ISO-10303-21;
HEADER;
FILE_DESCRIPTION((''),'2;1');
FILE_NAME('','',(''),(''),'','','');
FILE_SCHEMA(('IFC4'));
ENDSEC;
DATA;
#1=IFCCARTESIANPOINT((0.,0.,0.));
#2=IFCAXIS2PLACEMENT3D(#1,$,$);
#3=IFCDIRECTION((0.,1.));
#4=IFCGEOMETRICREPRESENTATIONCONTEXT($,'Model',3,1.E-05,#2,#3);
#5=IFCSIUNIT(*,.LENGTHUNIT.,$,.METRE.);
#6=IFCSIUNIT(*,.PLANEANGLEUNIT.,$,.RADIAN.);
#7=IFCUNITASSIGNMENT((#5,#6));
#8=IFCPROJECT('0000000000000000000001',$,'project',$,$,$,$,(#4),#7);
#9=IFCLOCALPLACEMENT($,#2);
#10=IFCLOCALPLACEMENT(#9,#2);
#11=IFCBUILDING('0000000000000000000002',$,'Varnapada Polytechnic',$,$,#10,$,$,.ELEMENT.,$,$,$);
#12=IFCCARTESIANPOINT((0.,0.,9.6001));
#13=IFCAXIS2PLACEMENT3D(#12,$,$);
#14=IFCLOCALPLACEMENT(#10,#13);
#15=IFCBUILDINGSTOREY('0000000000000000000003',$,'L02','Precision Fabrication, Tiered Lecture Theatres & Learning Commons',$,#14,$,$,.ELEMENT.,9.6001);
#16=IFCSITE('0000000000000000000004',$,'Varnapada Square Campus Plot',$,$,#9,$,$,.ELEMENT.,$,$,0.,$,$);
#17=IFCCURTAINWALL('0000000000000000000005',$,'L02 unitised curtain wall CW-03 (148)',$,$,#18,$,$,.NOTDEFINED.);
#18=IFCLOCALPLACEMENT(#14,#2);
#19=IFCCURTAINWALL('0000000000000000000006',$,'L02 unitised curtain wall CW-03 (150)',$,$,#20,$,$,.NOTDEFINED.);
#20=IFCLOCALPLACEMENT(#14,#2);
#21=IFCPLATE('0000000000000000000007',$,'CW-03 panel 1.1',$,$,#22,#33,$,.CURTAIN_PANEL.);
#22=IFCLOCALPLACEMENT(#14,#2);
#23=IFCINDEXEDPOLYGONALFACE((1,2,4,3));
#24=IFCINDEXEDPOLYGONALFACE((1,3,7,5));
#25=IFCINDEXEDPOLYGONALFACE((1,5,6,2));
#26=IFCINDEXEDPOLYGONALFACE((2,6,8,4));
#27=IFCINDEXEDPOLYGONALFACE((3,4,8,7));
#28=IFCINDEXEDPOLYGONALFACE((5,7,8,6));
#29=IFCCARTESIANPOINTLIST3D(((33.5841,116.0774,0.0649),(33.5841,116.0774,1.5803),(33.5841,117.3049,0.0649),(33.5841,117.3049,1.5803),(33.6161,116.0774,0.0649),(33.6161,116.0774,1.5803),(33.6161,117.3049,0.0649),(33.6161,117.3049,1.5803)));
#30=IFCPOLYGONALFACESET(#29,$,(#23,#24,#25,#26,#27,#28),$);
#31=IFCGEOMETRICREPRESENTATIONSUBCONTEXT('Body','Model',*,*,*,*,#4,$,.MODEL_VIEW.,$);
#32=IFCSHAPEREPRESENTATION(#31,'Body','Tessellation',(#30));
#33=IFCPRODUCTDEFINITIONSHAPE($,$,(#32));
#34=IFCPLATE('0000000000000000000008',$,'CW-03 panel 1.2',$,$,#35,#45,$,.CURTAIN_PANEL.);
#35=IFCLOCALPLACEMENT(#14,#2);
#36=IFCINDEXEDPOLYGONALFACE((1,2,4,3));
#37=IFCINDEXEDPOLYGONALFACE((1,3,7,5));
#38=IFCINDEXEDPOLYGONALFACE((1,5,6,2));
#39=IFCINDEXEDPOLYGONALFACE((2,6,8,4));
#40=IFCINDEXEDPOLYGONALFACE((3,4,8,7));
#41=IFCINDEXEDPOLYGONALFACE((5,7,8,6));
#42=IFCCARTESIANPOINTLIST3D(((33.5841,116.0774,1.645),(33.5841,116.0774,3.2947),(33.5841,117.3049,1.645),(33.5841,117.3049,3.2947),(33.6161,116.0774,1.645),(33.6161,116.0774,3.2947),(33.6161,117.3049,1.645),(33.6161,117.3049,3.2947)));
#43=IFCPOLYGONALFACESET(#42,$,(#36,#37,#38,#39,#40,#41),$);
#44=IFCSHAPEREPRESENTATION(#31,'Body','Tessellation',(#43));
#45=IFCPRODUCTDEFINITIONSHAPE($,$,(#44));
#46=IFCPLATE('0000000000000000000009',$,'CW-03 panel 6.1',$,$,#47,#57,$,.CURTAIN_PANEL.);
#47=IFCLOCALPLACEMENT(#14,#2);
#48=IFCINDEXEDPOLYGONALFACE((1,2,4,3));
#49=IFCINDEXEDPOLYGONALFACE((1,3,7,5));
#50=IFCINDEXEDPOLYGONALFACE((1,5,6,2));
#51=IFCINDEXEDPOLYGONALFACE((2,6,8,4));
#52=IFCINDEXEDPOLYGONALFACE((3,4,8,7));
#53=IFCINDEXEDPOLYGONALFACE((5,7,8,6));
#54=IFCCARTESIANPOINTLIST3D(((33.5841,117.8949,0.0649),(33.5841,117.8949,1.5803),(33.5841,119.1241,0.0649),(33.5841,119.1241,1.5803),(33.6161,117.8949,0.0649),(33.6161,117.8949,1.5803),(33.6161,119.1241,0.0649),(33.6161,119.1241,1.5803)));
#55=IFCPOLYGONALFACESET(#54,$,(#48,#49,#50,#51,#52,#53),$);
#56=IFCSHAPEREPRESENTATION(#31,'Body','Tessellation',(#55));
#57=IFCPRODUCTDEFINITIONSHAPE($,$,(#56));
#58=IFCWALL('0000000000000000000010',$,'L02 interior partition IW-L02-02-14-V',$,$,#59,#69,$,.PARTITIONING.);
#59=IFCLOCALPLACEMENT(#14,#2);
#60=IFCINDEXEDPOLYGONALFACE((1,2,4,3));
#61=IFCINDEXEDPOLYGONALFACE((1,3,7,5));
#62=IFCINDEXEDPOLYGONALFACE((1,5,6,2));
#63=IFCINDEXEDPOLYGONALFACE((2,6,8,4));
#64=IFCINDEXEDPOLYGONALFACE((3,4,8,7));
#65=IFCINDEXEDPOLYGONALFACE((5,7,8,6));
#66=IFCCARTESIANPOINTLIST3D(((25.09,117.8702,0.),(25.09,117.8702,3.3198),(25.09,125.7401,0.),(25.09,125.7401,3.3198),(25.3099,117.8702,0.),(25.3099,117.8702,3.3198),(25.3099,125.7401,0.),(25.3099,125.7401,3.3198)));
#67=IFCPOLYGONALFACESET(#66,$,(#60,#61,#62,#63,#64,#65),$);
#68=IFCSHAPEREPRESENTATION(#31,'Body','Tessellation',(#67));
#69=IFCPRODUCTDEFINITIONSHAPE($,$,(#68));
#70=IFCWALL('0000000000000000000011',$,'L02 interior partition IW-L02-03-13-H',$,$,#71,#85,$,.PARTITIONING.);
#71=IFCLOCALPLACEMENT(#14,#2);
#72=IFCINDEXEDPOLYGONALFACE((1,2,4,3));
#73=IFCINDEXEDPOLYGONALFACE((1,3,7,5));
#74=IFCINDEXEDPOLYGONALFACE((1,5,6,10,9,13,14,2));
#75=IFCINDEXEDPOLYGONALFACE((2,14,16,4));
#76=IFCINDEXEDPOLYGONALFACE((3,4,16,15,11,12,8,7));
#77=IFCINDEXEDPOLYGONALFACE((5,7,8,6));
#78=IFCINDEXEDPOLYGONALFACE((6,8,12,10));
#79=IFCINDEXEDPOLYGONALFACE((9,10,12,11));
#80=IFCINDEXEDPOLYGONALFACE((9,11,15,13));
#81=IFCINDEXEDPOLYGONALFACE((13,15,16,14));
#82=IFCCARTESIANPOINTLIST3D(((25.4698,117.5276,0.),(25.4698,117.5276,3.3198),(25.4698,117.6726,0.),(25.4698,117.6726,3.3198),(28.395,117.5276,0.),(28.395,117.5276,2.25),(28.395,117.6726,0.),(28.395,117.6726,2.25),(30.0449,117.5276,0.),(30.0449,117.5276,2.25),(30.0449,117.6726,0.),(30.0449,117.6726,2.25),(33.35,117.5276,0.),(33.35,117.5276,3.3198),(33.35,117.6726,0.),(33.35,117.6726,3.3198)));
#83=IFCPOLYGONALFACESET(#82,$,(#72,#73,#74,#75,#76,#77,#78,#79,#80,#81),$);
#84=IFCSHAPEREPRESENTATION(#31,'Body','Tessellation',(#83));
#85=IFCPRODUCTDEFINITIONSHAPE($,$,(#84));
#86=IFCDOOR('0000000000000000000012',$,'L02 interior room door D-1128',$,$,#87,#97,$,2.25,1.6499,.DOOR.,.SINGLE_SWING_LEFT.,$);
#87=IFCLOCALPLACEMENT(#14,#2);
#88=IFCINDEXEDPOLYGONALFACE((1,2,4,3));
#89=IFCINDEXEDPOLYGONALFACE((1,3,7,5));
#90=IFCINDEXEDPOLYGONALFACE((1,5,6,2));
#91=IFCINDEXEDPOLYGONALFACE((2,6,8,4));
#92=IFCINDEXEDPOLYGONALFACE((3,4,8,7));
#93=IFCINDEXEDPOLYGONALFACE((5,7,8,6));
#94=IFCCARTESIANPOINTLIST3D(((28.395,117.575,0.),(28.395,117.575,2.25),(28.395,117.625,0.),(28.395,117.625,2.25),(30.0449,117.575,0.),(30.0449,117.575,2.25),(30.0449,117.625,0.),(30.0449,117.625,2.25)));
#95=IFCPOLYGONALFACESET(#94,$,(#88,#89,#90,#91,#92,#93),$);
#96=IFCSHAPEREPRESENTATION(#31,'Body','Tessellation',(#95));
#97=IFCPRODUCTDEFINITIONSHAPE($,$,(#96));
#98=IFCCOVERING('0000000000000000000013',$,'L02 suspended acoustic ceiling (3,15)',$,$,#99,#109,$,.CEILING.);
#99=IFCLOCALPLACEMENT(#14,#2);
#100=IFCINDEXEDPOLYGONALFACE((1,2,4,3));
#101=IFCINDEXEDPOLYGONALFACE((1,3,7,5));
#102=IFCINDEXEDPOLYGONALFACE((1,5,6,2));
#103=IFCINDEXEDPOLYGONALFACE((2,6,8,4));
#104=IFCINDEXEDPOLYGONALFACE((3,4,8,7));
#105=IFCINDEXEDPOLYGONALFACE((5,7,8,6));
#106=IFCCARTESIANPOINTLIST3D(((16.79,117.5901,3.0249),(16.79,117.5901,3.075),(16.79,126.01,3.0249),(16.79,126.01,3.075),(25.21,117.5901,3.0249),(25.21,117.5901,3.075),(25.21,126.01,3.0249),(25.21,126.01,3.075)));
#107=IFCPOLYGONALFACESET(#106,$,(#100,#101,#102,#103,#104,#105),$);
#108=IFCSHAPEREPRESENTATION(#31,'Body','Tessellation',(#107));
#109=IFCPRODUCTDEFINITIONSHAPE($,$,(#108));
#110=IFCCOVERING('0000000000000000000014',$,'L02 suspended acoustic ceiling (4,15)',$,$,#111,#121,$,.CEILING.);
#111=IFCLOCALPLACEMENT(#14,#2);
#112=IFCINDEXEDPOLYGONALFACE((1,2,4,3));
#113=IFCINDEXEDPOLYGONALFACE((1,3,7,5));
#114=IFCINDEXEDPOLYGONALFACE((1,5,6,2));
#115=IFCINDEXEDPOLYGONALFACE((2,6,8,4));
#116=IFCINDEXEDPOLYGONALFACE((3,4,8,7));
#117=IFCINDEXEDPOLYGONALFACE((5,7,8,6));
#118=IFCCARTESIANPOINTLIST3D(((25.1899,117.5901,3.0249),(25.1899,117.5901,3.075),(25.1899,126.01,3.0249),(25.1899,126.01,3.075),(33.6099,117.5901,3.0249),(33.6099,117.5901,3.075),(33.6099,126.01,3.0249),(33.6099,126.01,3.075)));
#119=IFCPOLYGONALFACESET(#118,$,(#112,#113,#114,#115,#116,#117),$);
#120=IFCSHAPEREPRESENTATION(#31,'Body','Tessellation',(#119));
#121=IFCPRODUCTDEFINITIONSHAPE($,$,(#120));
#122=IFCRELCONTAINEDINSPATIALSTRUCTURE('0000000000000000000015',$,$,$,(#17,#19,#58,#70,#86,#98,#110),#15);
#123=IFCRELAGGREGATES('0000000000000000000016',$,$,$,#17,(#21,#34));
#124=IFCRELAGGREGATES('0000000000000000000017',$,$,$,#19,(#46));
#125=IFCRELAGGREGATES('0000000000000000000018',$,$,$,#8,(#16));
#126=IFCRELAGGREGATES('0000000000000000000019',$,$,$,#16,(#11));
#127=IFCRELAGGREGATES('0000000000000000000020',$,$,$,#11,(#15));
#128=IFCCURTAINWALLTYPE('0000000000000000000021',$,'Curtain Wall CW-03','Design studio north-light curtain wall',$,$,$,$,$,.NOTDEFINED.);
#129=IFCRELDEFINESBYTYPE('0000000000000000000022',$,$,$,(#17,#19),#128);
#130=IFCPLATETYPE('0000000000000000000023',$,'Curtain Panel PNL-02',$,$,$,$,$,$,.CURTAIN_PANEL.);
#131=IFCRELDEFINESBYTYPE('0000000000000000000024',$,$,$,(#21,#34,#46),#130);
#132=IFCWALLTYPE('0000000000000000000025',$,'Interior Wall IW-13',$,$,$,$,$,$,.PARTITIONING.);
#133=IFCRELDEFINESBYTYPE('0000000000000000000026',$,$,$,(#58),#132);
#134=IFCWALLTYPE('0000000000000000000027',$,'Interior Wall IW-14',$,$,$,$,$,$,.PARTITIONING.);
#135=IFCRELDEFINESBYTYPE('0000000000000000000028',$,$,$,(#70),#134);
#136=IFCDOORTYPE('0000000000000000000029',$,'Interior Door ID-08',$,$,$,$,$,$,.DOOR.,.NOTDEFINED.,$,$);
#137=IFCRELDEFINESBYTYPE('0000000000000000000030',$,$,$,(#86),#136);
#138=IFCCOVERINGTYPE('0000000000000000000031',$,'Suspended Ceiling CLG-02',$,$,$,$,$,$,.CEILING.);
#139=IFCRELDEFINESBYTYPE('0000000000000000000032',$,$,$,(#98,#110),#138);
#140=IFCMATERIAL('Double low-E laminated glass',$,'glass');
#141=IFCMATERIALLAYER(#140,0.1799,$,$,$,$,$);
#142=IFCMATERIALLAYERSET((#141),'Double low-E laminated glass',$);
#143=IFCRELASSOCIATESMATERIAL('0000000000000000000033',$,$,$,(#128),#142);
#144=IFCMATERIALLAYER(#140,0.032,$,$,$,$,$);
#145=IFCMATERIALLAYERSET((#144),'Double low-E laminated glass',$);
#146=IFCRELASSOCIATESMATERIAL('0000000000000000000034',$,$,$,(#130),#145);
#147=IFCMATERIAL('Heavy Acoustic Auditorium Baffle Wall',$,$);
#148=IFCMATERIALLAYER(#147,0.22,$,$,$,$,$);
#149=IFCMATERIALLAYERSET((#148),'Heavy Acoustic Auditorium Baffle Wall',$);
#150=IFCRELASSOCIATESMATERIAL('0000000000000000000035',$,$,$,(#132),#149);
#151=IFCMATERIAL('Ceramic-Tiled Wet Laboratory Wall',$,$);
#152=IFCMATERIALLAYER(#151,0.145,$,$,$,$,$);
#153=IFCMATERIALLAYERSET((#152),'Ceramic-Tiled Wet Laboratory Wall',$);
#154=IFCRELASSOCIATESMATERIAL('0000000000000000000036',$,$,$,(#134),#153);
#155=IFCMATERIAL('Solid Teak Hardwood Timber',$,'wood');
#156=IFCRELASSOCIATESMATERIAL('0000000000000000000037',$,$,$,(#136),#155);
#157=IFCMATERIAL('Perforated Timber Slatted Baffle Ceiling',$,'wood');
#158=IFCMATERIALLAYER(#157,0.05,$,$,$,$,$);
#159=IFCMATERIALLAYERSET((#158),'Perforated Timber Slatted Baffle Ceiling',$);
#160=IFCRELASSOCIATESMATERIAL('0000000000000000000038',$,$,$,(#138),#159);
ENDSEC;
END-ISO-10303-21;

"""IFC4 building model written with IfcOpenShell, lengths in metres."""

from ifc_helpers import new_model, si_unit, direction, frame, frame_2d, origin, origin_2d, place, context, subcontext, project, spatial, rectangle, extrude, material, layer, layer_set, type_object, element, fill, aggregate, save


model = new_model("IFC4")

# Units and contexts
model_context = context("Model", 3, precision=1e-05, world=origin(), true_north=direction((0.0, 1.0)))
body_context = subcontext(model_context, "Body", "Model", "MODEL_VIEW")
ifc_project = project(units=[si_unit("LENGTHUNIT", "METRE"), si_unit("PLANEANGLEUNIT", "RADIAN")], contexts=[model_context])

# Site, building, storey
site_placement = place(None, origin())
site = spatial("IfcSite", under=ifc_project, at=site_placement, Name="Varnapada Square Campus Plot", CompositionType="ELEMENT", RefElevation=0.0)
building_placement = place(site_placement, origin())
building = spatial("IfcBuilding", under=site, at=building_placement, Name="Varnapada Polytechnic", CompositionType="ELEMENT")
storey_placement = place(building_placement, frame((0.0, 0.0, 9.6001)))
storey = spatial("IfcBuildingStorey", under=building, at=storey_placement, Name="L02", Description="Precision Fabrication, Tiered Lecture Theatres & Learning Commons", CompositionType="ELEMENT", Elevation=9.6001)

# Curtain wall
ifc_material_1 = material(Name="Double low-E laminated glass", Category="glass")
ifc_layer_1 = layer(ifc_material_1, 0.1799)
ifc_layer_set_1 = layer_set([ifc_layer_1], Name="Double low-E laminated glass")
curtain_wall_type = type_object("IfcCurtainWallType", Name="Curtain Wall CW-03", Description="Design studio north-light curtain wall", PredefinedType="NOTDEFINED", material=ifc_layer_set_1)
curtain_wall_1_placement = place(storey_placement, origin())
curtain_wall_1 = element("IfcCurtainWall", 1, at=curtain_wall_1_placement, inside=storey, type_object=curtain_wall_type, Name="L02 unitised curtain wall CW-03 (148)", PredefinedType="NOTDEFINED")

# Curtain wall
curtain_wall_2_placement = place(storey_placement, origin())
curtain_wall_2 = element("IfcCurtainWall", 2, at=curtain_wall_2_placement, inside=storey, type_object=curtain_wall_type, Name="L02 unitised curtain wall CW-03 (150)", PredefinedType="NOTDEFINED")

# Plates
ifc_layer_2 = layer(ifc_material_1, 0.032)
ifc_layer_set_2 = layer_set([ifc_layer_2], Name="Double low-E laminated glass")
plate_type = type_object("IfcPlateType", Name="Curtain Panel PNL-02", PredefinedType="CURTAIN_PANEL", material=ifc_layer_set_2)
plate_1_placement = place(storey_placement, frame((33.6001, 116.6912, 0.0649), z_axis=(0.0, 0.0, 1.0), x_axis=(0.0, -1.0, 0.0)))
plate_1 = element("IfcPlate", 3, at=plate_1_placement, type_object=plate_type, Name="CW-03 panel 1.1", PredefinedType="CURTAIN_PANEL", context=body_context, shape_type="SweptSolid", body=[
    extrude(rectangle(XDim=1.2275, YDim=0.032, at=origin_2d()), origin(), (0.0, 0.0, 1.0), 1.5154),
])
plate_2_placement = place(storey_placement, frame((33.6001, 116.6912, 1.645), z_axis=(0.0, 0.0, 1.0), x_axis=(0.0, -1.0, 0.0)))
plate_2 = element("IfcPlate", 4, at=plate_2_placement, type_object=plate_type, Name="CW-03 panel 1.2", PredefinedType="CURTAIN_PANEL", context=body_context, shape_type="SweptSolid", body=[
    extrude(rectangle(XDim=1.2275, YDim=0.032, at=origin_2d()), origin(), (0.0, 0.0, 1.0), 1.6497),
])
aggregate(curtain_wall_1, [plate_1, plate_2])
plate_3_placement = place(storey_placement, frame((33.6001, 118.5095, 0.0649), z_axis=(0.0, 0.0, 1.0), x_axis=(0.0, -1.0, 0.0)))
plate_3 = element("IfcPlate", 5, at=plate_3_placement, type_object=plate_type, Name="CW-03 panel 6.1", PredefinedType="CURTAIN_PANEL", context=body_context, shape_type="SweptSolid", body=[
    extrude(rectangle(XDim=1.2292, YDim=0.032, at=origin_2d()), origin(), (0.0, 0.0, 1.0), 1.5154),
])
aggregate(curtain_wall_2, [plate_3])

# Wall
ifc_material_2 = material(Name="Heavy Acoustic Auditorium Baffle Wall")
ifc_layer_3 = layer(ifc_material_2, 0.22)
ifc_layer_set_3 = layer_set([ifc_layer_3], Name="Heavy Acoustic Auditorium Baffle Wall")
wall_type_1 = type_object("IfcWallType", Name="Interior Wall IW-13", PredefinedType="PARTITIONING", material=ifc_layer_set_3)
wall_1_placement = place(storey_placement, frame((25.2, 117.8701, 0.0), z_axis=(0.0, 0.0, 1.0), x_axis=(0.0, 1.0, 0.0)))
element("IfcWall", 6, at=wall_1_placement, inside=storey, type_object=wall_type_1, Name="L02 interior partition IW-L02-02-14-V", PredefinedType="PARTITIONING", context=body_context, shape_type="SweptSolid", body=[
    extrude(rectangle(XDim=7.8699, YDim=0.22, at=frame_2d((3.9351, 0.0))), origin(), (0.0, 0.0, 1.0), 3.3198),
])

# Wall, opening, door
ifc_material_3 = material(Name="Ceramic-Tiled Wet Laboratory Wall")
ifc_layer_4 = layer(ifc_material_3, 0.145)
ifc_layer_set_4 = layer_set([ifc_layer_4], Name="Ceramic-Tiled Wet Laboratory Wall")
wall_type_2 = type_object("IfcWallType", Name="Interior Wall IW-14", PredefinedType="PARTITIONING", material=ifc_layer_set_4)
wall_2_placement = place(storey_placement, frame((25.47, 117.6001, 0.0), z_axis=(0.0, 0.0, 1.0), x_axis=(1.0, 0.0, 0.0)))
wall_2 = element("IfcWall", 7, at=wall_2_placement, inside=storey, type_object=wall_type_2, Name="L02 interior partition IW-L02-03-13-H", PredefinedType="PARTITIONING", context=body_context, shape_type="SweptSolid", body=[
    extrude(rectangle(XDim=7.8801, YDim=0.145, at=frame_2d((3.9399, 0.0))), origin(), (0.0, 0.0, 1.0), 3.3198),
])
opening_placement = place(wall_2_placement, frame((2.925, 0.0, 0.0)))
opening = element("IfcOpeningElement", 8, at=opening_placement, cuts=wall_2, PredefinedType="OPENING", context=body_context, shape_type="SweptSolid", body=[
    extrude(rectangle(XDim=1.6499, YDim=2.25, at=frame_2d((0.825, 1.125))), frame((0.0, 0.0825, 0.0), z_axis=(0.0, -1.0, 0.0), x_axis=(1.0, 0.0, 0.0)), (0.0, 0.0, 1.0), 0.165),
])
ifc_material_4 = material(Name="Solid Teak Hardwood Timber", Category="wood")
door_type = type_object("IfcDoorType", Name="Interior Door ID-08", OperationType="NOTDEFINED", PredefinedType="DOOR", material=ifc_material_4)
door_placement = place(opening_placement, origin())
door = element("IfcDoor", 9, at=door_placement, inside=storey, type_object=door_type, Name="L02 interior room door D-1128", OperationType="SINGLE_SWING_LEFT", OverallHeight=2.25, OverallWidth=1.6499, PredefinedType="DOOR", context=body_context, shape_type="SweptSolid", body=[
    extrude(rectangle(XDim=1.6499, YDim=2.25, at=frame_2d((0.825, 1.125))), frame((0.0, 0.0249, 0.0), z_axis=(0.0, -1.0, 0.0), x_axis=(1.0, 0.0, 0.0)), (0.0, 0.0, 1.0), 0.05),
])
fill(opening, door)

# Coverings
ifc_material_5 = material(Name="Perforated Timber Slatted Baffle Ceiling", Category="wood")
ifc_layer_5 = layer(ifc_material_5, 0.05)
ifc_layer_set_5 = layer_set([ifc_layer_5], Name="Perforated Timber Slatted Baffle Ceiling")
covering_type = type_object("IfcCoveringType", Name="Suspended Ceiling CLG-02", PredefinedType="CEILING", material=ifc_layer_set_5)
for number, where, z_axis, x_axis, name in (
    (10, (21.0, 121.8, 3.0249), (0.0, 0.0, 1.0), (1.0, 0.0, 0.0), "L02 suspended acoustic ceiling (3,15)"),
    (11, (29.3999, 121.8, 3.0249), (0.0, 0.0, 1.0), (1.0, 0.0, 0.0), "L02 suspended acoustic ceiling (4,15)"),
):
    element("IfcCovering", number, at=place(storey_placement, frame(where, z_axis=z_axis, x_axis=x_axis)), inside=storey, type_object=covering_type, Name=name, PredefinedType="CEILING", context=body_context, shape_type="SweptSolid", body=[
        extrude(rectangle(XDim=8.4199, YDim=8.4199, at=origin_2d()), origin(), (0.0, 0.0, 1.0), 0.05),
    ])

save(model, "model.ifc")
